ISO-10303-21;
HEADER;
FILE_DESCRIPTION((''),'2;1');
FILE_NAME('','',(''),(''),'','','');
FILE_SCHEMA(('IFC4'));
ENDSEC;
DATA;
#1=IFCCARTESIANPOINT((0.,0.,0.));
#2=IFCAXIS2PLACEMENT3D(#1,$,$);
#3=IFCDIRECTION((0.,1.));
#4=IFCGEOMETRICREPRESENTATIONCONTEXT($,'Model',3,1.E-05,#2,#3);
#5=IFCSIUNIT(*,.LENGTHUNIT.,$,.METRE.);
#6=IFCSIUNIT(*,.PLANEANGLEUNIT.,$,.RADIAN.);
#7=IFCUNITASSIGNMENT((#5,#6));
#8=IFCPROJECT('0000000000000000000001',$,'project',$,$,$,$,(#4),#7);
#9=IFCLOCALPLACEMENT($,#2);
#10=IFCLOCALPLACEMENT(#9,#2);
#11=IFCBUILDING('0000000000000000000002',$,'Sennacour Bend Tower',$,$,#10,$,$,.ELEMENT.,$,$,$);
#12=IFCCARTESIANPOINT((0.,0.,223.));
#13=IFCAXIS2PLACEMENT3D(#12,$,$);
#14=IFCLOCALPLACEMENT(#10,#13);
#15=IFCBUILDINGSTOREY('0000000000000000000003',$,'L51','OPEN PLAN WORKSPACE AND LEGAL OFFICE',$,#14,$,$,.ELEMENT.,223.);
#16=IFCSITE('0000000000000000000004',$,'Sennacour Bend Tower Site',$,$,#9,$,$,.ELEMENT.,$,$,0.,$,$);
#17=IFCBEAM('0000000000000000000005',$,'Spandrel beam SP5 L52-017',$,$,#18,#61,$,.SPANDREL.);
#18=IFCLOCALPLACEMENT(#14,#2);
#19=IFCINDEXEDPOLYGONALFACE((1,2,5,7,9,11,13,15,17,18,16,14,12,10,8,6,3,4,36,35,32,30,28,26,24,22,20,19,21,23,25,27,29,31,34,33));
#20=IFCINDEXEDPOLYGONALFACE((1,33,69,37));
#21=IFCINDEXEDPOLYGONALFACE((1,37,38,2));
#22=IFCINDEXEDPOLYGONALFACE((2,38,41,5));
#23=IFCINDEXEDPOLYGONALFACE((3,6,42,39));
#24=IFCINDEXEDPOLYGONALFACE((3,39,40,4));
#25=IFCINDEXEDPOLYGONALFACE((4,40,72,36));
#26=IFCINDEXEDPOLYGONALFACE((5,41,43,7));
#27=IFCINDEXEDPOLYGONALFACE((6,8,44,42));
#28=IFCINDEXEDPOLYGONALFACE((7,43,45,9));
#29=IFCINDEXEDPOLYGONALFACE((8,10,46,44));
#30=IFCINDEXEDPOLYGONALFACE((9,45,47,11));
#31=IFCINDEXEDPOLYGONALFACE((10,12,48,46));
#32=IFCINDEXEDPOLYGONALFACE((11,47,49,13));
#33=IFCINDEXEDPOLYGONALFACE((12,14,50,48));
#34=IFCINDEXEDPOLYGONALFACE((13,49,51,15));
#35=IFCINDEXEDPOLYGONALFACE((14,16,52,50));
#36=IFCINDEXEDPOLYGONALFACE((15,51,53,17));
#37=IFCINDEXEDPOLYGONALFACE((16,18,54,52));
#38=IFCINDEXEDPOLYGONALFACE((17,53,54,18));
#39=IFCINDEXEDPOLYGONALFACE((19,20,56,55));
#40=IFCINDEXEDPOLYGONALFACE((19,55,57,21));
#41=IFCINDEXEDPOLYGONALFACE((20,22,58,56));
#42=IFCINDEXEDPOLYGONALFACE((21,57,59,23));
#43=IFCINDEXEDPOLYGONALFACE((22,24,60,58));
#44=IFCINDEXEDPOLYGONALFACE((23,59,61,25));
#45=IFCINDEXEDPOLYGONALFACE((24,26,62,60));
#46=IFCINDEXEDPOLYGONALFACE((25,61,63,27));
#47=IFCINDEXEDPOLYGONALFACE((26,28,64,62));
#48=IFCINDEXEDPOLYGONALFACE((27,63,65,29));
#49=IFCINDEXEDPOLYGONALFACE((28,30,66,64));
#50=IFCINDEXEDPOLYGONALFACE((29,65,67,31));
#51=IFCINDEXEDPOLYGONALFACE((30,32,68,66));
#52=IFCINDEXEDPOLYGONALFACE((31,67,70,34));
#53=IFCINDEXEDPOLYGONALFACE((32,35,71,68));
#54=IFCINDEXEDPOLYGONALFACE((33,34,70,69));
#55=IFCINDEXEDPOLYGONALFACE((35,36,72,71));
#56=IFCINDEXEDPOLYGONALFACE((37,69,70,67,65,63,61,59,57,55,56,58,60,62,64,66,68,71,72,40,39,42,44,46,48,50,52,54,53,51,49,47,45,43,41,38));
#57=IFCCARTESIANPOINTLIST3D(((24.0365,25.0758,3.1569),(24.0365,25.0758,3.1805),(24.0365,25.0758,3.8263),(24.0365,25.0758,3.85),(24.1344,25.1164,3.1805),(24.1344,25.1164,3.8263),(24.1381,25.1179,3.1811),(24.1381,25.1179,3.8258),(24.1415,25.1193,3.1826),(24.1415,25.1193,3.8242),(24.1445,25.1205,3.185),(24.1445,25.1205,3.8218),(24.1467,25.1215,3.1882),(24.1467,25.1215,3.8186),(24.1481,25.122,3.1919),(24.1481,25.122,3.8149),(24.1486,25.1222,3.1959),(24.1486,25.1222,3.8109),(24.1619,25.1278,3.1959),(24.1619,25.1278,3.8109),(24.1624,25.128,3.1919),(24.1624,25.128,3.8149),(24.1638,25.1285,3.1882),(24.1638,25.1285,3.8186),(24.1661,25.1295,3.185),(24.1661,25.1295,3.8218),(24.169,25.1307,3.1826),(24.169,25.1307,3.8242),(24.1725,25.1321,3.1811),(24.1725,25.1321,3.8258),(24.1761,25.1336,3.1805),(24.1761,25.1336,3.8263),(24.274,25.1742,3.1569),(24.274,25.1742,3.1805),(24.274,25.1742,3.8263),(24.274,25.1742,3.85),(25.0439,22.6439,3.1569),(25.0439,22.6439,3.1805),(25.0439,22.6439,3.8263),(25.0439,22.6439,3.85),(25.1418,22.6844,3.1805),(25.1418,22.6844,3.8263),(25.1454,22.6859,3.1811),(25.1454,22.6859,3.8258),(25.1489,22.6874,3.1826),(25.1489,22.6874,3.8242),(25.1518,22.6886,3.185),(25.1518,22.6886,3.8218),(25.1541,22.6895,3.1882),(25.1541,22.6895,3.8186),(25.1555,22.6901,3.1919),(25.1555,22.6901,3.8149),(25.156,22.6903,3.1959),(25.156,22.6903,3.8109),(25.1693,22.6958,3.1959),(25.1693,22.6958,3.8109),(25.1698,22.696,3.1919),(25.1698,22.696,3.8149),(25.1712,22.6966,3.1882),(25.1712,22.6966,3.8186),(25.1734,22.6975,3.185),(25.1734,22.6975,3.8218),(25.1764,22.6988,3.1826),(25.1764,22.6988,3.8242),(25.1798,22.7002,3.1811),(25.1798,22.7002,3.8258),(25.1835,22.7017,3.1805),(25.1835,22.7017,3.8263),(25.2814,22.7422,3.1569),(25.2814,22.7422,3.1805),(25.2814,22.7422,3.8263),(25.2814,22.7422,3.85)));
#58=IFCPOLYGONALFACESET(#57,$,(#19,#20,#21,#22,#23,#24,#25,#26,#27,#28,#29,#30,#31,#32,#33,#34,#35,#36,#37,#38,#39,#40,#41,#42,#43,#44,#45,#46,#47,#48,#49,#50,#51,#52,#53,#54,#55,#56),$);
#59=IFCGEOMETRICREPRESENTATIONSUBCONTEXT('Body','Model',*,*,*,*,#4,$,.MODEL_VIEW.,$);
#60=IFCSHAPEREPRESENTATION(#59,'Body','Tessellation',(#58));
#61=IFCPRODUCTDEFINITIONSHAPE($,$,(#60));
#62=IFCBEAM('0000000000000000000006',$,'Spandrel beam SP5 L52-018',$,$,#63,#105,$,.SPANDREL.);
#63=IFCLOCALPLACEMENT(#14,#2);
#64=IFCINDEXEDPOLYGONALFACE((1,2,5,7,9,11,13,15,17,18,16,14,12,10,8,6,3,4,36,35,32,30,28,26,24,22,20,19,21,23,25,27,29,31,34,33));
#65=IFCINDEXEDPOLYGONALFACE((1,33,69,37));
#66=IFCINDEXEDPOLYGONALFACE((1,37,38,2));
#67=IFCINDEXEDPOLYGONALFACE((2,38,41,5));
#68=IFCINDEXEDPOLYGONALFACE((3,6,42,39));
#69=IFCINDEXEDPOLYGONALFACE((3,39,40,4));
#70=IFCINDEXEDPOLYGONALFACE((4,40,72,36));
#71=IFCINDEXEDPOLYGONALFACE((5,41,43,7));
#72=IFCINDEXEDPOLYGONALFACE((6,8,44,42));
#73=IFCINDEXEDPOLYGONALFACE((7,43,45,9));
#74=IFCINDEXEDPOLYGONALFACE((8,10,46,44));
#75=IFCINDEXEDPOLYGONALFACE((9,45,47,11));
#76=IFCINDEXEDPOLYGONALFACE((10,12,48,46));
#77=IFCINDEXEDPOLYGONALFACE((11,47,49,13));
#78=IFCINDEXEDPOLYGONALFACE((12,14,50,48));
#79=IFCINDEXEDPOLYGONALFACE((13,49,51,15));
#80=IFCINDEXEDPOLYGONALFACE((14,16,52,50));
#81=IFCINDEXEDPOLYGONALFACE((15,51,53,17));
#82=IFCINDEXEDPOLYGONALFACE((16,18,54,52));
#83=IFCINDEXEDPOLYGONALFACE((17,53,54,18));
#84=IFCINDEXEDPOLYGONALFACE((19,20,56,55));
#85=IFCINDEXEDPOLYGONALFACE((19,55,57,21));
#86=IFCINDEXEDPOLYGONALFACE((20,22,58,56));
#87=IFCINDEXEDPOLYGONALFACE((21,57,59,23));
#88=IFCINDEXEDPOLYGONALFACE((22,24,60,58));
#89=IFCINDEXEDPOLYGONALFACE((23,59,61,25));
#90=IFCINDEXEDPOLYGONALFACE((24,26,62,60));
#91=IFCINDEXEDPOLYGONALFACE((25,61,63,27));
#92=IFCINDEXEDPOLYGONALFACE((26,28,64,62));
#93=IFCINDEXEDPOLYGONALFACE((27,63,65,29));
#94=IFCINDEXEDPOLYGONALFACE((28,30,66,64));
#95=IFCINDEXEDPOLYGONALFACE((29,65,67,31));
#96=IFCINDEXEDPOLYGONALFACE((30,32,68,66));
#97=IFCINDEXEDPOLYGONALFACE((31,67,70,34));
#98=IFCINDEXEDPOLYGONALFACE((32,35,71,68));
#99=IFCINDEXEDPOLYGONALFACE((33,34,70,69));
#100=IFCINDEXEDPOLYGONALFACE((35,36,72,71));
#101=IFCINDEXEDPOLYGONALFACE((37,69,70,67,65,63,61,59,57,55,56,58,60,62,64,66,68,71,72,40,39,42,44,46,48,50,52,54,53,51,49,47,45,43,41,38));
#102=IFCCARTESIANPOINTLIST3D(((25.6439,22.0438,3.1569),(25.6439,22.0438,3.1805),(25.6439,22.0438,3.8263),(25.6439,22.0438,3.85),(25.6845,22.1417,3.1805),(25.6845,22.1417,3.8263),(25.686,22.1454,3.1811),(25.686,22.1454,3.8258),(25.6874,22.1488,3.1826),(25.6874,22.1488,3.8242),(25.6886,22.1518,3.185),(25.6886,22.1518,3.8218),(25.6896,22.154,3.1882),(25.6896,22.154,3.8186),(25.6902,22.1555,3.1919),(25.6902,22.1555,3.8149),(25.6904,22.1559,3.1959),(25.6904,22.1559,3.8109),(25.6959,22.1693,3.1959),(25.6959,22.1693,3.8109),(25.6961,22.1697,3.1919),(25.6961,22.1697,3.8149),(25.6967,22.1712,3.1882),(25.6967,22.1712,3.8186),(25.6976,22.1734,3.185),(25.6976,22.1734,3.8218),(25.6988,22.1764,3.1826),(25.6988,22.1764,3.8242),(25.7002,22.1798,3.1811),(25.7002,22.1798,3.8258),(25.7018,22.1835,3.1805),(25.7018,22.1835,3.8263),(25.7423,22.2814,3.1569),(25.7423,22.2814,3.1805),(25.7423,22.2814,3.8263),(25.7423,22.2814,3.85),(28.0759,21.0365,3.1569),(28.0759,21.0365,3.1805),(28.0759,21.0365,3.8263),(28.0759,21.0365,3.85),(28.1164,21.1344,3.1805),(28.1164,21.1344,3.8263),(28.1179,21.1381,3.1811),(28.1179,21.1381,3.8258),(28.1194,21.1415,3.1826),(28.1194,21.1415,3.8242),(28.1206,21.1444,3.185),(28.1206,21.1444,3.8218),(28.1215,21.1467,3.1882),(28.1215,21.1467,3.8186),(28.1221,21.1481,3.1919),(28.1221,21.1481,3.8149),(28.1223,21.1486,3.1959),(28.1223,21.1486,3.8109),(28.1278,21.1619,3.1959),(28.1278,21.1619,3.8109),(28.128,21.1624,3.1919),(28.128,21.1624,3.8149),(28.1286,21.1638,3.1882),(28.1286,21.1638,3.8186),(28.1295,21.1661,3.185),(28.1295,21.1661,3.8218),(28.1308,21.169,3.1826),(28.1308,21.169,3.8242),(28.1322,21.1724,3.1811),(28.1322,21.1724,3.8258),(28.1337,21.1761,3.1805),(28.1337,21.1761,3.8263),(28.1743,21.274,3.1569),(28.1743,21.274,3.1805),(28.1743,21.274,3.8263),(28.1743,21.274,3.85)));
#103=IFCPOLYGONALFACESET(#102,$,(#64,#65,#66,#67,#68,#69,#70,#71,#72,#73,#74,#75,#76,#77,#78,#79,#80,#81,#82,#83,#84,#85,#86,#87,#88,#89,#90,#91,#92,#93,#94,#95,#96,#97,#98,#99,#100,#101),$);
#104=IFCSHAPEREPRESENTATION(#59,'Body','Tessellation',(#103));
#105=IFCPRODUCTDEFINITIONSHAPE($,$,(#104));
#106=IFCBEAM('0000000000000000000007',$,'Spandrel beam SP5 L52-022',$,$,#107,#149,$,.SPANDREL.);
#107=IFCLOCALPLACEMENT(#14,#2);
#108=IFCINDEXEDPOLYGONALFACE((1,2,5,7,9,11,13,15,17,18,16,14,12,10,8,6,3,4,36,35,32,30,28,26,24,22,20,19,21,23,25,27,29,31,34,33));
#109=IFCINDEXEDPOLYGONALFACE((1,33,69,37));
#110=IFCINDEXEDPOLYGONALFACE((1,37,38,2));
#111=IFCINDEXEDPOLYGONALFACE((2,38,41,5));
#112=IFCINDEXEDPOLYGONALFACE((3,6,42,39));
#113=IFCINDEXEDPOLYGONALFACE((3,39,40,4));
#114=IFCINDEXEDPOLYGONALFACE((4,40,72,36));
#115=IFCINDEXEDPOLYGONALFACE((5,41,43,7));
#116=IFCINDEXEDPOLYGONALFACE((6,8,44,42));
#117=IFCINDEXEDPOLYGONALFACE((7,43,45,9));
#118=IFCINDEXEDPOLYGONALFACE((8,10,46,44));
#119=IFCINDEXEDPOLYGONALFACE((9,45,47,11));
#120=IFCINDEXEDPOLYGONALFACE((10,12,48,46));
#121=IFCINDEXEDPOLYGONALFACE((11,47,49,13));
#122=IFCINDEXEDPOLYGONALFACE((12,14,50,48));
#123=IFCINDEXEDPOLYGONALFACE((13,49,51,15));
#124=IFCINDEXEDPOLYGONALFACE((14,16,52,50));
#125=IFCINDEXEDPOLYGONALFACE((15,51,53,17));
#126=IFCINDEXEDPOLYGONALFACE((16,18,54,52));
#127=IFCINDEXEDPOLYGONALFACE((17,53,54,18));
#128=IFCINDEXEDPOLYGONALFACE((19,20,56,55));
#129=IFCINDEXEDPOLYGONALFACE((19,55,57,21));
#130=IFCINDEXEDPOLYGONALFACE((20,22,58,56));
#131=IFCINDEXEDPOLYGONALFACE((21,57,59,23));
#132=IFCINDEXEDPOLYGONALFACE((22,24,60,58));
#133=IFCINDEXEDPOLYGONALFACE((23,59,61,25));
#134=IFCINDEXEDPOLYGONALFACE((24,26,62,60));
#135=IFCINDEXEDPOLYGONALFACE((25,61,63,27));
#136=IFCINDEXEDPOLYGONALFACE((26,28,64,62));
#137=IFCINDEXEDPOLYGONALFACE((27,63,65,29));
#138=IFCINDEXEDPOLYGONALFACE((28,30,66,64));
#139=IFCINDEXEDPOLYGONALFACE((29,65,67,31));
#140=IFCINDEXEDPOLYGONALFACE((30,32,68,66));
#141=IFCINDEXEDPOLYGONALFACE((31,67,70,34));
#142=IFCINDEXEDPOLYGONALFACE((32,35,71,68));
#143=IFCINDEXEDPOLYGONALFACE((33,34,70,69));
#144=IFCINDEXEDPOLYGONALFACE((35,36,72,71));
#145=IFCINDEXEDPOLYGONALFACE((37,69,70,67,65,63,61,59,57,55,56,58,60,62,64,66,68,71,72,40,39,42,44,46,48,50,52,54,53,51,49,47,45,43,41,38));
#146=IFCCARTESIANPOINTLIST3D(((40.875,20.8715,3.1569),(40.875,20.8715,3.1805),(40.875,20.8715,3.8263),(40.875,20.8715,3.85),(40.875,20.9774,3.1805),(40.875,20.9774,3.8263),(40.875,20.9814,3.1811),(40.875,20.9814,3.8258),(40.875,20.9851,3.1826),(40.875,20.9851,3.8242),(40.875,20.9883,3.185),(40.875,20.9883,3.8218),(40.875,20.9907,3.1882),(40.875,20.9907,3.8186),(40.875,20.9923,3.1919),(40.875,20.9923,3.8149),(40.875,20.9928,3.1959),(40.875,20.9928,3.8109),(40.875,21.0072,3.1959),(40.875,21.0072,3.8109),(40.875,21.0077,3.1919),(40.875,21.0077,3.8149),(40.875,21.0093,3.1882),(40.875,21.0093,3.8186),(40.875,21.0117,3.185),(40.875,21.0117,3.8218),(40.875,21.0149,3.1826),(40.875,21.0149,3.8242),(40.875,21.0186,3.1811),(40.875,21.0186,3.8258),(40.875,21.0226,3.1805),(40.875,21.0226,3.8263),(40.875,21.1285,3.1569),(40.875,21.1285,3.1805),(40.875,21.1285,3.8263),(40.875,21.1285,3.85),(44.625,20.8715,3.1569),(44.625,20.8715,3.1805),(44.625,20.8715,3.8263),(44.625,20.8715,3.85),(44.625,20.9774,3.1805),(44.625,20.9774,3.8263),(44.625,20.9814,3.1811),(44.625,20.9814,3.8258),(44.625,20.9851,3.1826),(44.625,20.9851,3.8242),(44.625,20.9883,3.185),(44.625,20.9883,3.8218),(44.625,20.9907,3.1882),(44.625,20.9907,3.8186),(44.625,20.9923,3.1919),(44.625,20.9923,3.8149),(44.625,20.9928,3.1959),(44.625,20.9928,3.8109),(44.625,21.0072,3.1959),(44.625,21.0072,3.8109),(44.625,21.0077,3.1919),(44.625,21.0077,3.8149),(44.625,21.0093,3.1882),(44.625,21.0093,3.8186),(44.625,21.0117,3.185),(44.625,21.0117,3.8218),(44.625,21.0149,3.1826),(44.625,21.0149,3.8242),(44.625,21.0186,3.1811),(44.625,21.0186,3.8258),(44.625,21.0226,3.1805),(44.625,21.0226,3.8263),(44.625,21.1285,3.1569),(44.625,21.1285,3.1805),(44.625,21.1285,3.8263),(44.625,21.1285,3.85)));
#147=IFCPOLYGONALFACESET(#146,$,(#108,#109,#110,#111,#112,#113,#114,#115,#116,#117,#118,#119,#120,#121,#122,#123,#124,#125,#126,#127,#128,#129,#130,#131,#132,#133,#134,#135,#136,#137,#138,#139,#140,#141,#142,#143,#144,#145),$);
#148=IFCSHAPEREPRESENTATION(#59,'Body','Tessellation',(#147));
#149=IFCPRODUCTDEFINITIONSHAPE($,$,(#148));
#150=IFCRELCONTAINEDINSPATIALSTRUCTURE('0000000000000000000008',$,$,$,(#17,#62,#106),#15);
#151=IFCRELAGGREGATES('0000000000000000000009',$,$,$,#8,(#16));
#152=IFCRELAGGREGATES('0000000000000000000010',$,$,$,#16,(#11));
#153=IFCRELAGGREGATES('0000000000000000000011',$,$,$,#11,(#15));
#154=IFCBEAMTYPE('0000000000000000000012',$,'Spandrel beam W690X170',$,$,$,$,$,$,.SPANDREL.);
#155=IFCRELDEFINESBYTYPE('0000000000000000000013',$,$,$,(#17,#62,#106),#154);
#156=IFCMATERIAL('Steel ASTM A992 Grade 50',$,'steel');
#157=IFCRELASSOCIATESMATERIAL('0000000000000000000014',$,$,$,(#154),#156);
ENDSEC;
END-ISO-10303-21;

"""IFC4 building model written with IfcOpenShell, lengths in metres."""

from ifc_helpers import new_model, si_unit, direction, frame, origin, origin_2d, place, context, subcontext, project, spatial, i_section, extrude, material, material_profile, profile_set, type_object, element, save


model = new_model("IFC4")

# Units and contexts
model_context = context("Model", 3, precision=1e-05, world=origin(), true_north=direction((0.0, 1.0)))
body_context = subcontext(model_context, "Body", "Model", "MODEL_VIEW")
ifc_project = project(units=[si_unit("LENGTHUNIT", "METRE"), si_unit("PLANEANGLEUNIT", "RADIAN")], contexts=[model_context])

# Site, building, storey
site_placement = place(None, origin())
site = spatial("IfcSite", under=ifc_project, at=site_placement, Name="Sennacour Bend Tower Site", CompositionType="ELEMENT", RefElevation=0.0)
building_placement = place(site_placement, origin())
building = spatial("IfcBuilding", under=site, at=building_placement, Name="Sennacour Bend Tower", CompositionType="ELEMENT")
storey_placement = place(building_placement, frame((0.0, 0.0, 223.0)))
storey = spatial("IfcBuildingStorey", under=building, at=storey_placement, Name="L51", Description="OPEN PLAN WORKSPACE AND LEGAL OFFICE", CompositionType="ELEMENT", Elevation=223.0)

# Beams
ifc_material_1 = material(Name="Steel ASTM A992 Grade 50", Category="steel")
ifc_material_profile_1 = material_profile(ifc_material_1, i_section(OverallWidth=0.2571, OverallDepth=0.6931, WebThickness=0.0144, FlangeThickness=0.0237, FilletRadius=0.0154, at=origin_2d()), Name="Steel ASTM A992 Grade 50", Category="steel")
ifc_profile_set_1 = profile_set([ifc_material_profile_1], Name="Steel ASTM A992 Grade 50")
beam_type = type_object("IfcBeamType", Name="Spandrel beam W690X170", PredefinedType="SPANDREL", material=ifc_profile_set_1)
for number, where, z_axis, x_axis, name in (
    (1, (24.1553, 25.125, 3.5034), (0.382685, -0.923879, 0.0), (0.923879, 0.382685, 0.0), "Spandrel beam SP5 L52-017"),
    (2, (25.6931, 22.1626, 3.5034), (0.923879, -0.382685, 0.0), (0.382685, 0.923879, 0.0), "Spandrel beam SP5 L52-018"),
):
    element("IfcBeam", number, at=place(storey_placement, frame(where, z_axis=z_axis, x_axis=x_axis)), inside=storey, type_object=beam_type, Name=name, PredefinedType="SPANDREL", context=body_context, shape_type="SweptSolid", body=[
        extrude(i_section(OverallWidth=0.2571, OverallDepth=0.6931, WebThickness=0.0144, FlangeThickness=0.0237, FilletRadius=0.0154, at=origin_2d()), origin(), (0.0, 0.0, 1.0), 2.6323),
    ])
beam_1_placement = place(storey_placement, frame((40.875, 21.0, 3.5034), z_axis=(1.0, 0.0, 0.0), x_axis=(0.0, 1.0, 0.0)))
element("IfcBeam", 3, at=beam_1_placement, inside=storey, type_object=beam_type, Name="Spandrel beam SP5 L52-022", PredefinedType="SPANDREL", context=body_context, shape_type="SweptSolid", body=[
    extrude(i_section(OverallWidth=0.2571, OverallDepth=0.6931, WebThickness=0.0144, FlangeThickness=0.0237, FilletRadius=0.0154, at=origin_2d()), origin(), (0.0, 0.0, 1.0), 3.75),
])

save(model, "model.ifc")
